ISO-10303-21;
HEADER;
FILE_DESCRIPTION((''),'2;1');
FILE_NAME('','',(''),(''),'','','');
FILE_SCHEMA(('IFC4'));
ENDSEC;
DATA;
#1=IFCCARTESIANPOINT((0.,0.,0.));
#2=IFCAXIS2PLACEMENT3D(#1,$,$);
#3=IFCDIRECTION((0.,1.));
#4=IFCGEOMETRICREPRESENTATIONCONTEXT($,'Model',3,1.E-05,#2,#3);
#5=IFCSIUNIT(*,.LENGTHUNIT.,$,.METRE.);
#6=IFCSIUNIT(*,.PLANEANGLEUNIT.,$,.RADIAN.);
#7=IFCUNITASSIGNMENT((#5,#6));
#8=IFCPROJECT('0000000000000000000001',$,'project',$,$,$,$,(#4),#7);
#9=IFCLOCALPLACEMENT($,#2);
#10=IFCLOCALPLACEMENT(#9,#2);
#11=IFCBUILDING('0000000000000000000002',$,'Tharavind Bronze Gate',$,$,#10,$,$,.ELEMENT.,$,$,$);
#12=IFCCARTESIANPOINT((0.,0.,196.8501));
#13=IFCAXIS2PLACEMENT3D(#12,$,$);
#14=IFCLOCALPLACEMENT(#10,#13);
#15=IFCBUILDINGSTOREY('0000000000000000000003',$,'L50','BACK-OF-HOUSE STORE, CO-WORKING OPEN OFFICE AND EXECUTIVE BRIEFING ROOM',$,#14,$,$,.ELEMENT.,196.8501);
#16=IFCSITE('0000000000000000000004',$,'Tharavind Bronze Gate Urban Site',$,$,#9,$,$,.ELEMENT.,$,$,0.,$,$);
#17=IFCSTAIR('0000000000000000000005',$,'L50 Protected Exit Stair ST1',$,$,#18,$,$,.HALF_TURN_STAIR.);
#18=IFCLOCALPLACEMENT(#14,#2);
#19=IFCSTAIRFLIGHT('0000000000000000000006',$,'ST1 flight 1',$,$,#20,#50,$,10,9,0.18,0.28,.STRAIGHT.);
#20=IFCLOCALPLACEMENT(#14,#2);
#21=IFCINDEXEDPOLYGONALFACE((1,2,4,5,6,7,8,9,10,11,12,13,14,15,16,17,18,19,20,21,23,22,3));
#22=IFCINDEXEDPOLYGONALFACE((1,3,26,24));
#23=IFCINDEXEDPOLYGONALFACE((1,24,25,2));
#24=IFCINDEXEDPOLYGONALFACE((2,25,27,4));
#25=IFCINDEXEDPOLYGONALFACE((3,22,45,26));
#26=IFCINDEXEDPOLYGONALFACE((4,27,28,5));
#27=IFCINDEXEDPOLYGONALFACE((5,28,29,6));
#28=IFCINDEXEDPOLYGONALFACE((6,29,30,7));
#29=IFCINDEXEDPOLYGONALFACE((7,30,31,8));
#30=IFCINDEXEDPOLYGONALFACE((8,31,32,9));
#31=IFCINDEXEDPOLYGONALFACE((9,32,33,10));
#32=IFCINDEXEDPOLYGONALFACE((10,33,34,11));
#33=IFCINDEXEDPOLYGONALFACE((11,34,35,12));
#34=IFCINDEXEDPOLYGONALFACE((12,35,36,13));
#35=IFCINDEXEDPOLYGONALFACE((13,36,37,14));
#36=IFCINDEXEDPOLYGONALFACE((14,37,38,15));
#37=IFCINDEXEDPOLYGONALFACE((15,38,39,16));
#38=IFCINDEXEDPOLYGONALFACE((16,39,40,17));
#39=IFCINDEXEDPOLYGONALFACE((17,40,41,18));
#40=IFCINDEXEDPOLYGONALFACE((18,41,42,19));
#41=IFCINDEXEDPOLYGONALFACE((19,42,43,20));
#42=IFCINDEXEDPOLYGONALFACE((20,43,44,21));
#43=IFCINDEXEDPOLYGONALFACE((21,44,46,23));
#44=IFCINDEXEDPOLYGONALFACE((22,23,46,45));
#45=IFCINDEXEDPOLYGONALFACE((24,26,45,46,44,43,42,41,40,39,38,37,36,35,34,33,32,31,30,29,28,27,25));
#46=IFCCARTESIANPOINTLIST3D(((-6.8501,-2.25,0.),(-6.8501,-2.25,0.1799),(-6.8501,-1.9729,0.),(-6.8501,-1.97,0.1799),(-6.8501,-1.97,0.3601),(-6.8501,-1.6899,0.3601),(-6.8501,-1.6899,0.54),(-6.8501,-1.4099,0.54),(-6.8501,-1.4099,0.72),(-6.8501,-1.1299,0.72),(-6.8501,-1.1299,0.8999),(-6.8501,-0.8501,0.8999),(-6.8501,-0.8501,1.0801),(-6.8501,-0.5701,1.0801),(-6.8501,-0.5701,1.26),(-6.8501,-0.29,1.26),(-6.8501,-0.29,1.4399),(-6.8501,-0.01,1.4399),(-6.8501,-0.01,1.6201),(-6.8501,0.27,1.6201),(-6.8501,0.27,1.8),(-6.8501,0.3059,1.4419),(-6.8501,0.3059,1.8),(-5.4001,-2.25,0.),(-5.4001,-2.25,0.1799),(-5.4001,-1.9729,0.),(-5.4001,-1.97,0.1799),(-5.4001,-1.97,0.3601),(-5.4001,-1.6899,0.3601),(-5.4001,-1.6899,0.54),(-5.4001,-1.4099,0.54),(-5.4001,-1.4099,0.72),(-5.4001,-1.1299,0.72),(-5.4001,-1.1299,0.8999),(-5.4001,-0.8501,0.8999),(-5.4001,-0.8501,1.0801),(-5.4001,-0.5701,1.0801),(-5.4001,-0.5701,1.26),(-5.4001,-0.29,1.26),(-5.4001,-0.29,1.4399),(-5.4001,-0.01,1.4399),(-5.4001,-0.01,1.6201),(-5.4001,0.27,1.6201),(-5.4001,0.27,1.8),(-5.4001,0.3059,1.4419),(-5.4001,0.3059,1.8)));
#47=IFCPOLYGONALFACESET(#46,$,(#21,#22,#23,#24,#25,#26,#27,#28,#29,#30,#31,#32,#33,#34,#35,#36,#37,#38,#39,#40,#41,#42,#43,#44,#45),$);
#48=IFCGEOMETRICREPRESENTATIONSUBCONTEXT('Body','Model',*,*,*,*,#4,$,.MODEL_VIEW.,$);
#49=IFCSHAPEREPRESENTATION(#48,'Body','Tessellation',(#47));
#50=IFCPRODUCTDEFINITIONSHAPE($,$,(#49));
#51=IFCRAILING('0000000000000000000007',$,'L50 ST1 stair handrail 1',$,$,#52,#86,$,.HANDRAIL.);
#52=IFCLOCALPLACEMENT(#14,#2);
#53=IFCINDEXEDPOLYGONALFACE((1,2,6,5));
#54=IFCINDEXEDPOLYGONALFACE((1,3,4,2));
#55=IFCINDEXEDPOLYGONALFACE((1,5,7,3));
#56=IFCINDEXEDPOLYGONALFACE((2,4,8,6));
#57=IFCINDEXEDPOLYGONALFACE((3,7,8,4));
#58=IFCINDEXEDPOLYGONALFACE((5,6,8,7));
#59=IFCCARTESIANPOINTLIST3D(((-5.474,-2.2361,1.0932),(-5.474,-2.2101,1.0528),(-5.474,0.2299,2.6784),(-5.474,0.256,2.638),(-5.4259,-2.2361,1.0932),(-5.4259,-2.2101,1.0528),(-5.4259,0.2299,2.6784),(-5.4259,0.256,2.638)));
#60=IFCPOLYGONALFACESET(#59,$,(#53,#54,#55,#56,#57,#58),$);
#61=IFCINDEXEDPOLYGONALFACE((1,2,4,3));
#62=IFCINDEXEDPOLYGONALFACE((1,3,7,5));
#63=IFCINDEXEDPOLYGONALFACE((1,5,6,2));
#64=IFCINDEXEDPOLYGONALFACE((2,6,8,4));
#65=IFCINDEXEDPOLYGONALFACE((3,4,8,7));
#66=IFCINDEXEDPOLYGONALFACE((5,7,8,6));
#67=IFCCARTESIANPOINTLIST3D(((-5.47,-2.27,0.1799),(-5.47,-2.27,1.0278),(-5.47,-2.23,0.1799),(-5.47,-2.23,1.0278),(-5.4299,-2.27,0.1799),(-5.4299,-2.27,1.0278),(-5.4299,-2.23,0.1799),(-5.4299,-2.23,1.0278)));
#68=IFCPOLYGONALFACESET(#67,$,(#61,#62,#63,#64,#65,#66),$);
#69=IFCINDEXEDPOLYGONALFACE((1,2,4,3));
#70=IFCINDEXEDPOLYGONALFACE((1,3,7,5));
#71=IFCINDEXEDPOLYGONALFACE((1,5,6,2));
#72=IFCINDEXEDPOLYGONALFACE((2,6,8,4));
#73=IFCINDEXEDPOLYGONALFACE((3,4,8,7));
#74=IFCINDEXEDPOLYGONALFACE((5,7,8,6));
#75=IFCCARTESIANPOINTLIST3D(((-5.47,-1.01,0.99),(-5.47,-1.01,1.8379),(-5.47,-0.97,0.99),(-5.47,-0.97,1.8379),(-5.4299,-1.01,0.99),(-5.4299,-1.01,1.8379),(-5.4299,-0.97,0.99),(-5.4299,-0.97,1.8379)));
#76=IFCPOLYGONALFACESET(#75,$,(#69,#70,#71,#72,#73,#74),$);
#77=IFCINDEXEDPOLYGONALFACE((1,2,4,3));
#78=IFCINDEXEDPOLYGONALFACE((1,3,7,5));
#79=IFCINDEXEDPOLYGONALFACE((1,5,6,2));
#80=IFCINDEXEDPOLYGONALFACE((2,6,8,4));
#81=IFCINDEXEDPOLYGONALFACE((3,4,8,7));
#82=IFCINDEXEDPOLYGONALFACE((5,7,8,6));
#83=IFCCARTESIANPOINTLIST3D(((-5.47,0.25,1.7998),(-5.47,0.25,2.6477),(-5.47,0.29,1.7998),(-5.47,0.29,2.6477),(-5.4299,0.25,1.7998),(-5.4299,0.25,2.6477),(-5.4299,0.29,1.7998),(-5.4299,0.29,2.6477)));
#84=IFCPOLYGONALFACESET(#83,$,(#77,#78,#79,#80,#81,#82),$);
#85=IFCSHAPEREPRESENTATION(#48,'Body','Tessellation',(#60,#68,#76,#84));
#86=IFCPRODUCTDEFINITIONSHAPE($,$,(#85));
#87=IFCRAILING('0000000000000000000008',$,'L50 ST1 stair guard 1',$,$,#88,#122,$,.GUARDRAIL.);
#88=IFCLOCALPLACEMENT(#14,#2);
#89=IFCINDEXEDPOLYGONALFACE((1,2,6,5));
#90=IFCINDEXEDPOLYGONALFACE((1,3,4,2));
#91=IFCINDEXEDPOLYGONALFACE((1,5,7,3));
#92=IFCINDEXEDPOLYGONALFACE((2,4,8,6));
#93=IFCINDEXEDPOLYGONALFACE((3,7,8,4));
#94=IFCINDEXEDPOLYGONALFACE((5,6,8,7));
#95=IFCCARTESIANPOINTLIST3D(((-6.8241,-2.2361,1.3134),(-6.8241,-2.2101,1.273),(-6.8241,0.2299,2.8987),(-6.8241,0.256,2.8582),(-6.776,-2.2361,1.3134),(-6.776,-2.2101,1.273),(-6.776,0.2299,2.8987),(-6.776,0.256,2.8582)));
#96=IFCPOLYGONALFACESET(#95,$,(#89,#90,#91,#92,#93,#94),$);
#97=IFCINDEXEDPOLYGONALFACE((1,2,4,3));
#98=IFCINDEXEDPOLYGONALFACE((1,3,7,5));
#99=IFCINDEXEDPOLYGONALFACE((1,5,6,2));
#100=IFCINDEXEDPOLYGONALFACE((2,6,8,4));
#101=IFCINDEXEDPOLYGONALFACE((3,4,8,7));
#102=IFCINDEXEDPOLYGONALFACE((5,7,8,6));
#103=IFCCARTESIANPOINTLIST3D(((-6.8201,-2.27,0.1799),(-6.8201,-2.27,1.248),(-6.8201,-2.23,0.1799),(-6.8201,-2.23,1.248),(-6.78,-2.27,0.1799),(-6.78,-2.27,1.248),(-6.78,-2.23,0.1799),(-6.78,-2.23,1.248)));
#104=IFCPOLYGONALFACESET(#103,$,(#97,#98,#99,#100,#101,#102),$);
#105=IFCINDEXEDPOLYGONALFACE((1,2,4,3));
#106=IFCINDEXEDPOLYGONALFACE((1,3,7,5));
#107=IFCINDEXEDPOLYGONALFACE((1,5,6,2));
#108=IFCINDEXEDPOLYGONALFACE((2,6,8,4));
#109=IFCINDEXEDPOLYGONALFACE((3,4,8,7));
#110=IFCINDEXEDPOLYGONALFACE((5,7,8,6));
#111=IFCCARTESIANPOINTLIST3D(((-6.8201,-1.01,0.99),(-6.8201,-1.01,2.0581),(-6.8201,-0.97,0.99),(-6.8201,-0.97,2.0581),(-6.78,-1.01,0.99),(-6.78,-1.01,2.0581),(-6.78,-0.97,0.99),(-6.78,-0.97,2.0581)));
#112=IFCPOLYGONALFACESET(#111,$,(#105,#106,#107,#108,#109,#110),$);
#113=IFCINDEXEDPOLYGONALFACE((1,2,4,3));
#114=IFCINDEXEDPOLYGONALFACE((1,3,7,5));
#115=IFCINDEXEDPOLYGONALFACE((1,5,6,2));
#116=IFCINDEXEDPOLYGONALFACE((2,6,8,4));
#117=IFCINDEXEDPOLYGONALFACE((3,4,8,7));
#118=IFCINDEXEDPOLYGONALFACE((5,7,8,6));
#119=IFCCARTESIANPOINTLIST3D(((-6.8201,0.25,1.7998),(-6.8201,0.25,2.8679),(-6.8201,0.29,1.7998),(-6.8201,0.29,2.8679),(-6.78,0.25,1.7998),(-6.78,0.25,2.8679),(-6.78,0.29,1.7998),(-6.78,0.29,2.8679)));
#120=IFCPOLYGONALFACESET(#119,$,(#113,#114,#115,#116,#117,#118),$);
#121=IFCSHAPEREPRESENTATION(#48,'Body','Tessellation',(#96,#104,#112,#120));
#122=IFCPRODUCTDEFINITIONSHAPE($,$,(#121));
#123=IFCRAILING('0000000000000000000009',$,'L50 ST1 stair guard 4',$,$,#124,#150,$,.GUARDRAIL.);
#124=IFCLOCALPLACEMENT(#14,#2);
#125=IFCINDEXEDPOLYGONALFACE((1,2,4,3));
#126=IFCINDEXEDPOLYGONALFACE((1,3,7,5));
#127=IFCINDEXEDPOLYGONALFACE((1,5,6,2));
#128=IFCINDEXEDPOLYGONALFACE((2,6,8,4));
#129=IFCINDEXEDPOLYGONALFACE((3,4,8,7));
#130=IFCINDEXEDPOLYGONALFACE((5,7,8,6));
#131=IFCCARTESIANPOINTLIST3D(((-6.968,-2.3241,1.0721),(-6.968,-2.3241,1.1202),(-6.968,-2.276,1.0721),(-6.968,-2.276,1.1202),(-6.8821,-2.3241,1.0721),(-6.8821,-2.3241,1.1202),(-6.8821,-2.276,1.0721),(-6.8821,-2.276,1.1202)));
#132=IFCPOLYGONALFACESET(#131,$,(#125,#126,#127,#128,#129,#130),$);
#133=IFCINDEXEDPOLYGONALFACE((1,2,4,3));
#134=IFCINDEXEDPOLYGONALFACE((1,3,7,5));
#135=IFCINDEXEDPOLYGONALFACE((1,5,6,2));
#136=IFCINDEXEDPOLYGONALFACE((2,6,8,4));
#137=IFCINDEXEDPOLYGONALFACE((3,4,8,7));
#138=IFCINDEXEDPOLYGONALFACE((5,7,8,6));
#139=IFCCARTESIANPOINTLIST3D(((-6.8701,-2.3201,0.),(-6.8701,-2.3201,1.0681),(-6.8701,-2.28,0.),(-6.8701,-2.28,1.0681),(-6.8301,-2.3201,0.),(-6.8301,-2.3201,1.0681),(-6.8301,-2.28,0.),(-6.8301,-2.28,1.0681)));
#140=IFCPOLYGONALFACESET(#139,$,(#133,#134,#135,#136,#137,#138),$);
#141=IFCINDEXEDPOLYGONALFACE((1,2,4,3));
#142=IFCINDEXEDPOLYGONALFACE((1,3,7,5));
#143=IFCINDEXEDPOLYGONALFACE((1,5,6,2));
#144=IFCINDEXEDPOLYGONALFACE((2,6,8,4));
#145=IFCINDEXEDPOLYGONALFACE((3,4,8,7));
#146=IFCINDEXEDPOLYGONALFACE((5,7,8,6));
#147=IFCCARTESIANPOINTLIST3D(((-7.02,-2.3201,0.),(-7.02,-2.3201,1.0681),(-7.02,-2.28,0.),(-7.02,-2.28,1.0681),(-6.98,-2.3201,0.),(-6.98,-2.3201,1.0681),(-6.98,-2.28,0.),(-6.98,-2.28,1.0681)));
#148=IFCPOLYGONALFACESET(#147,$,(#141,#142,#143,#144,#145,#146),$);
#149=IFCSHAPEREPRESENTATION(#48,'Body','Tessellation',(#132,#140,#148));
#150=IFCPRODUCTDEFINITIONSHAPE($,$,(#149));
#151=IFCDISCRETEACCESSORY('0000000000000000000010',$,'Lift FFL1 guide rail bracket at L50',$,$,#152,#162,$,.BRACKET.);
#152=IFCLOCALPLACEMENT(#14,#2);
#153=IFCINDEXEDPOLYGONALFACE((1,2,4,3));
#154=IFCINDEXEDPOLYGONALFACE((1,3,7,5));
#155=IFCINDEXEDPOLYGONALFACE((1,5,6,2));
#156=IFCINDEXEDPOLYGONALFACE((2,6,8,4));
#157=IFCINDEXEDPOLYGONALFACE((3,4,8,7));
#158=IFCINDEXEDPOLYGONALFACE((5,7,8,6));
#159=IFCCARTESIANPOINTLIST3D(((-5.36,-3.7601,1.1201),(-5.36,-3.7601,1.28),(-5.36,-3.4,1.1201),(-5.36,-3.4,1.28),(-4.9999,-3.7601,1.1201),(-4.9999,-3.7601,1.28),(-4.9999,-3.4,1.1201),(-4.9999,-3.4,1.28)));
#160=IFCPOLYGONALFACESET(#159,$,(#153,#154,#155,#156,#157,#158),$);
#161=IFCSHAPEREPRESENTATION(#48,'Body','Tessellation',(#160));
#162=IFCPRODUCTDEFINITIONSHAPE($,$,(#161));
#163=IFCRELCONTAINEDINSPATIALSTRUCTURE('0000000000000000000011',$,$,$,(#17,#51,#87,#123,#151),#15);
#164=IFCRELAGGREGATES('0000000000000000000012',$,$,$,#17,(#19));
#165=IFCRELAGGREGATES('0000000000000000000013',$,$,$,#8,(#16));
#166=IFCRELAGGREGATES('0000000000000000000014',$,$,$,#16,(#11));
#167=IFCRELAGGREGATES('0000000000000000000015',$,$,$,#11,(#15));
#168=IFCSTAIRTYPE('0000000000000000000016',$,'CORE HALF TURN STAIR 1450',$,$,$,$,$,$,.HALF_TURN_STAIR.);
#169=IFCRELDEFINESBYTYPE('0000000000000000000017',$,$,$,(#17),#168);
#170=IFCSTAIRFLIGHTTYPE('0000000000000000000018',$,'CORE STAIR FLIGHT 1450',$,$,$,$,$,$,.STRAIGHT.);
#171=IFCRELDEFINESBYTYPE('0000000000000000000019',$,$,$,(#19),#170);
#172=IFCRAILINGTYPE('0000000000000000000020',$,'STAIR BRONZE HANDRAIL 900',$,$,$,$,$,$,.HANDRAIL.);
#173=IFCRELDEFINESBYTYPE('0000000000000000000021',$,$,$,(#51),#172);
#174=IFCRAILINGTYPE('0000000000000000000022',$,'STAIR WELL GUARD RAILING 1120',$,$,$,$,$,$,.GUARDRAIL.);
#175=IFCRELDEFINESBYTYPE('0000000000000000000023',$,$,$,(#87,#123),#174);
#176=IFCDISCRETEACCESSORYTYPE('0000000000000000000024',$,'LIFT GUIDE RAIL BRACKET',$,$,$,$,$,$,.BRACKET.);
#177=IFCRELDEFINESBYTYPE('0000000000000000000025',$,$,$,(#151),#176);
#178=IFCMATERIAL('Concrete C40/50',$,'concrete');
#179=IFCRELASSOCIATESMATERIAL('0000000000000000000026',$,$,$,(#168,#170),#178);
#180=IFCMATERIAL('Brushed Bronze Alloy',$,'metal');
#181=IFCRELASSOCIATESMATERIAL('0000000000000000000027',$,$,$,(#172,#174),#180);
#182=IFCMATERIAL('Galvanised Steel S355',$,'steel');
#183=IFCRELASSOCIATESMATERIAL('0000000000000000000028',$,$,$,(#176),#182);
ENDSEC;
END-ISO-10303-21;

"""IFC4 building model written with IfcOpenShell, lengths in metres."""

from ifc_helpers import new_model, si_unit, direction, frame, origin, origin_2d, place, context, subcontext, project, spatial, polyline, rectangle, outline, extrude, material, type_object, element, aggregate, save


model = new_model("IFC4")

# Units and contexts
model_context = context("Model", 3, precision=1e-05, world=origin(), true_north=direction((0.0, 1.0)))
body_context = subcontext(model_context, "Body", "Model", "MODEL_VIEW")
ifc_project = project(units=[si_unit("LENGTHUNIT", "METRE"), si_unit("PLANEANGLEUNIT", "RADIAN")], contexts=[model_context])

# Site, building, storey
site_placement = place(None, origin())
site = spatial("IfcSite", under=ifc_project, at=site_placement, Name="Tharavind Bronze Gate Urban Site", CompositionType="ELEMENT", RefElevation=0.0)
building_placement = place(site_placement, origin())
building = spatial("IfcBuilding", under=site, at=building_placement, Name="Tharavind Bronze Gate", CompositionType="ELEMENT")
storey_placement = place(building_placement, frame((0.0, 0.0, 196.8501)))
storey = spatial("IfcBuildingStorey", under=building, at=storey_placement, Name="L50", Description="BACK-OF-HOUSE STORE, CO-WORKING OPEN OFFICE AND EXECUTIVE BRIEFING ROOM", CompositionType="ELEMENT", Elevation=196.8501)

# Shared definitions
ifc_material_1 = material(Name="Concrete C40/50", Category="concrete")

# Stair, stair flight
stair_type = type_object("IfcStairType", Name="CORE HALF TURN STAIR 1450", PredefinedType="HALF_TURN_STAIR", material=ifc_material_1)
stair_placement = place(storey_placement, origin())
stair = element("IfcStair", 1, at=stair_placement, inside=storey, type_object=stair_type, Name="L50 Protected Exit Stair ST1", PredefinedType="HALF_TURN_STAIR")
stair_flight_type = type_object("IfcStairFlightType", Name="CORE STAIR FLIGHT 1450", PredefinedType="STRAIGHT", material=ifc_material_1)
stair_flight_placement = place(storey_placement, frame((-6.125, -2.25, 0.0), z_axis=(0.0, 0.0, 1.0), x_axis=(0.0, 1.0, 0.0)))
stair_flight = element("IfcStairFlight", 2, at=stair_flight_placement, type_object=stair_flight_type, Name="ST1 flight 1", NumberOfRisers=10, NumberOfTreads=9, PredefinedType="STRAIGHT", RiserHeight=0.18, TreadLength=0.28, context=body_context, shape_type="SweptSolid", body=[
    extrude(outline(polyline([(0.0, 0.0), (0.0, 0.1799), (0.28, 0.1799), (0.28, 0.3601), (0.5601, 0.3601), (0.5601, 0.54), (0.8401, 0.54), (0.8401, 0.72), (1.1201, 0.72), (1.1201, 0.8999), (1.3999, 0.8999), (1.3999, 1.0801), (1.6799, 1.0801), (1.6799, 1.26), (1.96, 1.26), (1.96, 1.4399), (2.24, 1.4399), (2.24, 1.6201), (2.52, 1.6201), (2.52, 1.8), (2.5559, 1.8), (2.5559, 1.4419), (0.2771, 0.0), (0.0, 0.0)])), frame((0.0, 0.7251, 0.0), z_axis=(0.0, -1.0, 0.0), x_axis=(1.0, 0.0, 0.0)), (0.0, 0.0, 1.0), 1.45),
])
aggregate(stair, [stair_flight])

# Railings
ifc_material_2 = material(Name="Brushed Bronze Alloy", Category="metal")
railing_type_1 = type_object("IfcRailingType", Name="STAIR BRONZE HANDRAIL 900", PredefinedType="HANDRAIL", material=ifc_material_2)
railing_1_placement = place(storey_placement, frame((-5.45, -2.25, 0.1799)))
element("IfcRailing", 3, at=railing_1_placement, inside=storey, type_object=railing_type_1, Name="L50 ST1 stair handrail 1", PredefinedType="HANDRAIL", context=body_context, shape_type="SweptSolid", body=[
    extrude(rectangle(XDim=0.0481, YDim=0.0481, at=origin_2d()), frame((0.0, 0.0269, 0.8931), z_axis=(0.0, 0.8412, 0.540725), x_axis=(-1.0, 0.0, 0.0)), (0.0, 0.0, 1.0), 2.9316),
    extrude(rectangle(XDim=0.04, YDim=0.04, at=origin_2d()), origin(), (0.0, 0.0, 1.0), 0.8479),
    extrude(rectangle(XDim=0.04, YDim=0.04, at=origin_2d()), frame((0.0, 1.26, 0.8101)), (0.0, 0.0, 1.0), 0.8479),
    extrude(rectangle(XDim=0.04, YDim=0.04, at=origin_2d()), frame((0.0, 2.52, 1.6199)), (0.0, 0.0, 1.0), 0.8479),
])
railing_type_2 = type_object("IfcRailingType", Name="STAIR WELL GUARD RAILING 1120", PredefinedType="GUARDRAIL", material=ifc_material_2)
railing_2_placement = place(storey_placement, frame((-6.8, -2.25, 0.1799)))
element("IfcRailing", 4, at=railing_2_placement, inside=storey, type_object=railing_type_2, Name="L50 ST1 stair guard 1", PredefinedType="GUARDRAIL", context=body_context, shape_type="SweptSolid", body=[
    extrude(rectangle(XDim=0.0481, YDim=0.0481, at=origin_2d()), frame((0.0, 0.0269, 1.1133), z_axis=(0.0, 0.8412, 0.540725), x_axis=(-1.0, 0.0, 0.0)), (0.0, 0.0, 1.0), 2.9316),
    extrude(rectangle(XDim=0.04, YDim=0.04, at=origin_2d()), origin(), (0.0, 0.0, 1.0), 1.0681),
    extrude(rectangle(XDim=0.04, YDim=0.04, at=origin_2d()), frame((0.0, 1.26, 0.8101)), (0.0, 0.0, 1.0), 1.0681),
    extrude(rectangle(XDim=0.04, YDim=0.04, at=origin_2d()), frame((0.0, 2.52, 1.6199)), (0.0, 0.0, 1.0), 1.0681),
])
railing_3_placement = place(storey_placement, frame((-6.8501, -2.3, 0.0)))
element("IfcRailing", 5, at=railing_3_placement, inside=storey, type_object=railing_type_2, Name="L50 ST1 stair guard 4", PredefinedType="GUARDRAIL", context=body_context, shape_type="SweptSolid", body=[
    extrude(rectangle(XDim=0.0481, YDim=0.0481, at=origin_2d()), frame((-0.032, 0.0, 1.0962), z_axis=(-1.0, 0.0, 0.0), x_axis=(0.0, -1.0, 0.0)), (0.0, 0.0, 1.0), 0.0859),
    extrude(rectangle(XDim=0.04, YDim=0.04, at=origin_2d()), origin(), (0.0, 0.0, 1.0), 1.0681),
    extrude(rectangle(XDim=0.04, YDim=0.04, at=origin_2d()), frame((-0.1499, 0.0, 0.0)), (0.0, 0.0, 1.0), 1.0681),
])

# Discrete accessory
ifc_material_3 = material(Name="Galvanised Steel S355", Category="steel")
discrete_accessory_type = type_object("IfcDiscreteAccessoryType", Name="LIFT GUIDE RAIL BRACKET", PredefinedType="BRACKET", material=ifc_material_3)
discrete_accessory_placement = place(storey_placement, frame((-5.1799, -3.5801, 1.1201), z_axis=(0.0, 0.0, 1.0), x_axis=(1.0, 0.0, 0.0)))
element("IfcDiscreteAccessory", 6, at=discrete_accessory_placement, inside=storey, type_object=discrete_accessory_type, Name="Lift FFL1 guide rail bracket at L50", PredefinedType="BRACKET", context=body_context, shape_type="SweptSolid", body=[
    extrude(rectangle(XDim=0.3601, YDim=0.3601, at=origin_2d()), origin(), (0.0, 0.0, 1.0), 0.1599),
])

save(model, "model.ifc")
